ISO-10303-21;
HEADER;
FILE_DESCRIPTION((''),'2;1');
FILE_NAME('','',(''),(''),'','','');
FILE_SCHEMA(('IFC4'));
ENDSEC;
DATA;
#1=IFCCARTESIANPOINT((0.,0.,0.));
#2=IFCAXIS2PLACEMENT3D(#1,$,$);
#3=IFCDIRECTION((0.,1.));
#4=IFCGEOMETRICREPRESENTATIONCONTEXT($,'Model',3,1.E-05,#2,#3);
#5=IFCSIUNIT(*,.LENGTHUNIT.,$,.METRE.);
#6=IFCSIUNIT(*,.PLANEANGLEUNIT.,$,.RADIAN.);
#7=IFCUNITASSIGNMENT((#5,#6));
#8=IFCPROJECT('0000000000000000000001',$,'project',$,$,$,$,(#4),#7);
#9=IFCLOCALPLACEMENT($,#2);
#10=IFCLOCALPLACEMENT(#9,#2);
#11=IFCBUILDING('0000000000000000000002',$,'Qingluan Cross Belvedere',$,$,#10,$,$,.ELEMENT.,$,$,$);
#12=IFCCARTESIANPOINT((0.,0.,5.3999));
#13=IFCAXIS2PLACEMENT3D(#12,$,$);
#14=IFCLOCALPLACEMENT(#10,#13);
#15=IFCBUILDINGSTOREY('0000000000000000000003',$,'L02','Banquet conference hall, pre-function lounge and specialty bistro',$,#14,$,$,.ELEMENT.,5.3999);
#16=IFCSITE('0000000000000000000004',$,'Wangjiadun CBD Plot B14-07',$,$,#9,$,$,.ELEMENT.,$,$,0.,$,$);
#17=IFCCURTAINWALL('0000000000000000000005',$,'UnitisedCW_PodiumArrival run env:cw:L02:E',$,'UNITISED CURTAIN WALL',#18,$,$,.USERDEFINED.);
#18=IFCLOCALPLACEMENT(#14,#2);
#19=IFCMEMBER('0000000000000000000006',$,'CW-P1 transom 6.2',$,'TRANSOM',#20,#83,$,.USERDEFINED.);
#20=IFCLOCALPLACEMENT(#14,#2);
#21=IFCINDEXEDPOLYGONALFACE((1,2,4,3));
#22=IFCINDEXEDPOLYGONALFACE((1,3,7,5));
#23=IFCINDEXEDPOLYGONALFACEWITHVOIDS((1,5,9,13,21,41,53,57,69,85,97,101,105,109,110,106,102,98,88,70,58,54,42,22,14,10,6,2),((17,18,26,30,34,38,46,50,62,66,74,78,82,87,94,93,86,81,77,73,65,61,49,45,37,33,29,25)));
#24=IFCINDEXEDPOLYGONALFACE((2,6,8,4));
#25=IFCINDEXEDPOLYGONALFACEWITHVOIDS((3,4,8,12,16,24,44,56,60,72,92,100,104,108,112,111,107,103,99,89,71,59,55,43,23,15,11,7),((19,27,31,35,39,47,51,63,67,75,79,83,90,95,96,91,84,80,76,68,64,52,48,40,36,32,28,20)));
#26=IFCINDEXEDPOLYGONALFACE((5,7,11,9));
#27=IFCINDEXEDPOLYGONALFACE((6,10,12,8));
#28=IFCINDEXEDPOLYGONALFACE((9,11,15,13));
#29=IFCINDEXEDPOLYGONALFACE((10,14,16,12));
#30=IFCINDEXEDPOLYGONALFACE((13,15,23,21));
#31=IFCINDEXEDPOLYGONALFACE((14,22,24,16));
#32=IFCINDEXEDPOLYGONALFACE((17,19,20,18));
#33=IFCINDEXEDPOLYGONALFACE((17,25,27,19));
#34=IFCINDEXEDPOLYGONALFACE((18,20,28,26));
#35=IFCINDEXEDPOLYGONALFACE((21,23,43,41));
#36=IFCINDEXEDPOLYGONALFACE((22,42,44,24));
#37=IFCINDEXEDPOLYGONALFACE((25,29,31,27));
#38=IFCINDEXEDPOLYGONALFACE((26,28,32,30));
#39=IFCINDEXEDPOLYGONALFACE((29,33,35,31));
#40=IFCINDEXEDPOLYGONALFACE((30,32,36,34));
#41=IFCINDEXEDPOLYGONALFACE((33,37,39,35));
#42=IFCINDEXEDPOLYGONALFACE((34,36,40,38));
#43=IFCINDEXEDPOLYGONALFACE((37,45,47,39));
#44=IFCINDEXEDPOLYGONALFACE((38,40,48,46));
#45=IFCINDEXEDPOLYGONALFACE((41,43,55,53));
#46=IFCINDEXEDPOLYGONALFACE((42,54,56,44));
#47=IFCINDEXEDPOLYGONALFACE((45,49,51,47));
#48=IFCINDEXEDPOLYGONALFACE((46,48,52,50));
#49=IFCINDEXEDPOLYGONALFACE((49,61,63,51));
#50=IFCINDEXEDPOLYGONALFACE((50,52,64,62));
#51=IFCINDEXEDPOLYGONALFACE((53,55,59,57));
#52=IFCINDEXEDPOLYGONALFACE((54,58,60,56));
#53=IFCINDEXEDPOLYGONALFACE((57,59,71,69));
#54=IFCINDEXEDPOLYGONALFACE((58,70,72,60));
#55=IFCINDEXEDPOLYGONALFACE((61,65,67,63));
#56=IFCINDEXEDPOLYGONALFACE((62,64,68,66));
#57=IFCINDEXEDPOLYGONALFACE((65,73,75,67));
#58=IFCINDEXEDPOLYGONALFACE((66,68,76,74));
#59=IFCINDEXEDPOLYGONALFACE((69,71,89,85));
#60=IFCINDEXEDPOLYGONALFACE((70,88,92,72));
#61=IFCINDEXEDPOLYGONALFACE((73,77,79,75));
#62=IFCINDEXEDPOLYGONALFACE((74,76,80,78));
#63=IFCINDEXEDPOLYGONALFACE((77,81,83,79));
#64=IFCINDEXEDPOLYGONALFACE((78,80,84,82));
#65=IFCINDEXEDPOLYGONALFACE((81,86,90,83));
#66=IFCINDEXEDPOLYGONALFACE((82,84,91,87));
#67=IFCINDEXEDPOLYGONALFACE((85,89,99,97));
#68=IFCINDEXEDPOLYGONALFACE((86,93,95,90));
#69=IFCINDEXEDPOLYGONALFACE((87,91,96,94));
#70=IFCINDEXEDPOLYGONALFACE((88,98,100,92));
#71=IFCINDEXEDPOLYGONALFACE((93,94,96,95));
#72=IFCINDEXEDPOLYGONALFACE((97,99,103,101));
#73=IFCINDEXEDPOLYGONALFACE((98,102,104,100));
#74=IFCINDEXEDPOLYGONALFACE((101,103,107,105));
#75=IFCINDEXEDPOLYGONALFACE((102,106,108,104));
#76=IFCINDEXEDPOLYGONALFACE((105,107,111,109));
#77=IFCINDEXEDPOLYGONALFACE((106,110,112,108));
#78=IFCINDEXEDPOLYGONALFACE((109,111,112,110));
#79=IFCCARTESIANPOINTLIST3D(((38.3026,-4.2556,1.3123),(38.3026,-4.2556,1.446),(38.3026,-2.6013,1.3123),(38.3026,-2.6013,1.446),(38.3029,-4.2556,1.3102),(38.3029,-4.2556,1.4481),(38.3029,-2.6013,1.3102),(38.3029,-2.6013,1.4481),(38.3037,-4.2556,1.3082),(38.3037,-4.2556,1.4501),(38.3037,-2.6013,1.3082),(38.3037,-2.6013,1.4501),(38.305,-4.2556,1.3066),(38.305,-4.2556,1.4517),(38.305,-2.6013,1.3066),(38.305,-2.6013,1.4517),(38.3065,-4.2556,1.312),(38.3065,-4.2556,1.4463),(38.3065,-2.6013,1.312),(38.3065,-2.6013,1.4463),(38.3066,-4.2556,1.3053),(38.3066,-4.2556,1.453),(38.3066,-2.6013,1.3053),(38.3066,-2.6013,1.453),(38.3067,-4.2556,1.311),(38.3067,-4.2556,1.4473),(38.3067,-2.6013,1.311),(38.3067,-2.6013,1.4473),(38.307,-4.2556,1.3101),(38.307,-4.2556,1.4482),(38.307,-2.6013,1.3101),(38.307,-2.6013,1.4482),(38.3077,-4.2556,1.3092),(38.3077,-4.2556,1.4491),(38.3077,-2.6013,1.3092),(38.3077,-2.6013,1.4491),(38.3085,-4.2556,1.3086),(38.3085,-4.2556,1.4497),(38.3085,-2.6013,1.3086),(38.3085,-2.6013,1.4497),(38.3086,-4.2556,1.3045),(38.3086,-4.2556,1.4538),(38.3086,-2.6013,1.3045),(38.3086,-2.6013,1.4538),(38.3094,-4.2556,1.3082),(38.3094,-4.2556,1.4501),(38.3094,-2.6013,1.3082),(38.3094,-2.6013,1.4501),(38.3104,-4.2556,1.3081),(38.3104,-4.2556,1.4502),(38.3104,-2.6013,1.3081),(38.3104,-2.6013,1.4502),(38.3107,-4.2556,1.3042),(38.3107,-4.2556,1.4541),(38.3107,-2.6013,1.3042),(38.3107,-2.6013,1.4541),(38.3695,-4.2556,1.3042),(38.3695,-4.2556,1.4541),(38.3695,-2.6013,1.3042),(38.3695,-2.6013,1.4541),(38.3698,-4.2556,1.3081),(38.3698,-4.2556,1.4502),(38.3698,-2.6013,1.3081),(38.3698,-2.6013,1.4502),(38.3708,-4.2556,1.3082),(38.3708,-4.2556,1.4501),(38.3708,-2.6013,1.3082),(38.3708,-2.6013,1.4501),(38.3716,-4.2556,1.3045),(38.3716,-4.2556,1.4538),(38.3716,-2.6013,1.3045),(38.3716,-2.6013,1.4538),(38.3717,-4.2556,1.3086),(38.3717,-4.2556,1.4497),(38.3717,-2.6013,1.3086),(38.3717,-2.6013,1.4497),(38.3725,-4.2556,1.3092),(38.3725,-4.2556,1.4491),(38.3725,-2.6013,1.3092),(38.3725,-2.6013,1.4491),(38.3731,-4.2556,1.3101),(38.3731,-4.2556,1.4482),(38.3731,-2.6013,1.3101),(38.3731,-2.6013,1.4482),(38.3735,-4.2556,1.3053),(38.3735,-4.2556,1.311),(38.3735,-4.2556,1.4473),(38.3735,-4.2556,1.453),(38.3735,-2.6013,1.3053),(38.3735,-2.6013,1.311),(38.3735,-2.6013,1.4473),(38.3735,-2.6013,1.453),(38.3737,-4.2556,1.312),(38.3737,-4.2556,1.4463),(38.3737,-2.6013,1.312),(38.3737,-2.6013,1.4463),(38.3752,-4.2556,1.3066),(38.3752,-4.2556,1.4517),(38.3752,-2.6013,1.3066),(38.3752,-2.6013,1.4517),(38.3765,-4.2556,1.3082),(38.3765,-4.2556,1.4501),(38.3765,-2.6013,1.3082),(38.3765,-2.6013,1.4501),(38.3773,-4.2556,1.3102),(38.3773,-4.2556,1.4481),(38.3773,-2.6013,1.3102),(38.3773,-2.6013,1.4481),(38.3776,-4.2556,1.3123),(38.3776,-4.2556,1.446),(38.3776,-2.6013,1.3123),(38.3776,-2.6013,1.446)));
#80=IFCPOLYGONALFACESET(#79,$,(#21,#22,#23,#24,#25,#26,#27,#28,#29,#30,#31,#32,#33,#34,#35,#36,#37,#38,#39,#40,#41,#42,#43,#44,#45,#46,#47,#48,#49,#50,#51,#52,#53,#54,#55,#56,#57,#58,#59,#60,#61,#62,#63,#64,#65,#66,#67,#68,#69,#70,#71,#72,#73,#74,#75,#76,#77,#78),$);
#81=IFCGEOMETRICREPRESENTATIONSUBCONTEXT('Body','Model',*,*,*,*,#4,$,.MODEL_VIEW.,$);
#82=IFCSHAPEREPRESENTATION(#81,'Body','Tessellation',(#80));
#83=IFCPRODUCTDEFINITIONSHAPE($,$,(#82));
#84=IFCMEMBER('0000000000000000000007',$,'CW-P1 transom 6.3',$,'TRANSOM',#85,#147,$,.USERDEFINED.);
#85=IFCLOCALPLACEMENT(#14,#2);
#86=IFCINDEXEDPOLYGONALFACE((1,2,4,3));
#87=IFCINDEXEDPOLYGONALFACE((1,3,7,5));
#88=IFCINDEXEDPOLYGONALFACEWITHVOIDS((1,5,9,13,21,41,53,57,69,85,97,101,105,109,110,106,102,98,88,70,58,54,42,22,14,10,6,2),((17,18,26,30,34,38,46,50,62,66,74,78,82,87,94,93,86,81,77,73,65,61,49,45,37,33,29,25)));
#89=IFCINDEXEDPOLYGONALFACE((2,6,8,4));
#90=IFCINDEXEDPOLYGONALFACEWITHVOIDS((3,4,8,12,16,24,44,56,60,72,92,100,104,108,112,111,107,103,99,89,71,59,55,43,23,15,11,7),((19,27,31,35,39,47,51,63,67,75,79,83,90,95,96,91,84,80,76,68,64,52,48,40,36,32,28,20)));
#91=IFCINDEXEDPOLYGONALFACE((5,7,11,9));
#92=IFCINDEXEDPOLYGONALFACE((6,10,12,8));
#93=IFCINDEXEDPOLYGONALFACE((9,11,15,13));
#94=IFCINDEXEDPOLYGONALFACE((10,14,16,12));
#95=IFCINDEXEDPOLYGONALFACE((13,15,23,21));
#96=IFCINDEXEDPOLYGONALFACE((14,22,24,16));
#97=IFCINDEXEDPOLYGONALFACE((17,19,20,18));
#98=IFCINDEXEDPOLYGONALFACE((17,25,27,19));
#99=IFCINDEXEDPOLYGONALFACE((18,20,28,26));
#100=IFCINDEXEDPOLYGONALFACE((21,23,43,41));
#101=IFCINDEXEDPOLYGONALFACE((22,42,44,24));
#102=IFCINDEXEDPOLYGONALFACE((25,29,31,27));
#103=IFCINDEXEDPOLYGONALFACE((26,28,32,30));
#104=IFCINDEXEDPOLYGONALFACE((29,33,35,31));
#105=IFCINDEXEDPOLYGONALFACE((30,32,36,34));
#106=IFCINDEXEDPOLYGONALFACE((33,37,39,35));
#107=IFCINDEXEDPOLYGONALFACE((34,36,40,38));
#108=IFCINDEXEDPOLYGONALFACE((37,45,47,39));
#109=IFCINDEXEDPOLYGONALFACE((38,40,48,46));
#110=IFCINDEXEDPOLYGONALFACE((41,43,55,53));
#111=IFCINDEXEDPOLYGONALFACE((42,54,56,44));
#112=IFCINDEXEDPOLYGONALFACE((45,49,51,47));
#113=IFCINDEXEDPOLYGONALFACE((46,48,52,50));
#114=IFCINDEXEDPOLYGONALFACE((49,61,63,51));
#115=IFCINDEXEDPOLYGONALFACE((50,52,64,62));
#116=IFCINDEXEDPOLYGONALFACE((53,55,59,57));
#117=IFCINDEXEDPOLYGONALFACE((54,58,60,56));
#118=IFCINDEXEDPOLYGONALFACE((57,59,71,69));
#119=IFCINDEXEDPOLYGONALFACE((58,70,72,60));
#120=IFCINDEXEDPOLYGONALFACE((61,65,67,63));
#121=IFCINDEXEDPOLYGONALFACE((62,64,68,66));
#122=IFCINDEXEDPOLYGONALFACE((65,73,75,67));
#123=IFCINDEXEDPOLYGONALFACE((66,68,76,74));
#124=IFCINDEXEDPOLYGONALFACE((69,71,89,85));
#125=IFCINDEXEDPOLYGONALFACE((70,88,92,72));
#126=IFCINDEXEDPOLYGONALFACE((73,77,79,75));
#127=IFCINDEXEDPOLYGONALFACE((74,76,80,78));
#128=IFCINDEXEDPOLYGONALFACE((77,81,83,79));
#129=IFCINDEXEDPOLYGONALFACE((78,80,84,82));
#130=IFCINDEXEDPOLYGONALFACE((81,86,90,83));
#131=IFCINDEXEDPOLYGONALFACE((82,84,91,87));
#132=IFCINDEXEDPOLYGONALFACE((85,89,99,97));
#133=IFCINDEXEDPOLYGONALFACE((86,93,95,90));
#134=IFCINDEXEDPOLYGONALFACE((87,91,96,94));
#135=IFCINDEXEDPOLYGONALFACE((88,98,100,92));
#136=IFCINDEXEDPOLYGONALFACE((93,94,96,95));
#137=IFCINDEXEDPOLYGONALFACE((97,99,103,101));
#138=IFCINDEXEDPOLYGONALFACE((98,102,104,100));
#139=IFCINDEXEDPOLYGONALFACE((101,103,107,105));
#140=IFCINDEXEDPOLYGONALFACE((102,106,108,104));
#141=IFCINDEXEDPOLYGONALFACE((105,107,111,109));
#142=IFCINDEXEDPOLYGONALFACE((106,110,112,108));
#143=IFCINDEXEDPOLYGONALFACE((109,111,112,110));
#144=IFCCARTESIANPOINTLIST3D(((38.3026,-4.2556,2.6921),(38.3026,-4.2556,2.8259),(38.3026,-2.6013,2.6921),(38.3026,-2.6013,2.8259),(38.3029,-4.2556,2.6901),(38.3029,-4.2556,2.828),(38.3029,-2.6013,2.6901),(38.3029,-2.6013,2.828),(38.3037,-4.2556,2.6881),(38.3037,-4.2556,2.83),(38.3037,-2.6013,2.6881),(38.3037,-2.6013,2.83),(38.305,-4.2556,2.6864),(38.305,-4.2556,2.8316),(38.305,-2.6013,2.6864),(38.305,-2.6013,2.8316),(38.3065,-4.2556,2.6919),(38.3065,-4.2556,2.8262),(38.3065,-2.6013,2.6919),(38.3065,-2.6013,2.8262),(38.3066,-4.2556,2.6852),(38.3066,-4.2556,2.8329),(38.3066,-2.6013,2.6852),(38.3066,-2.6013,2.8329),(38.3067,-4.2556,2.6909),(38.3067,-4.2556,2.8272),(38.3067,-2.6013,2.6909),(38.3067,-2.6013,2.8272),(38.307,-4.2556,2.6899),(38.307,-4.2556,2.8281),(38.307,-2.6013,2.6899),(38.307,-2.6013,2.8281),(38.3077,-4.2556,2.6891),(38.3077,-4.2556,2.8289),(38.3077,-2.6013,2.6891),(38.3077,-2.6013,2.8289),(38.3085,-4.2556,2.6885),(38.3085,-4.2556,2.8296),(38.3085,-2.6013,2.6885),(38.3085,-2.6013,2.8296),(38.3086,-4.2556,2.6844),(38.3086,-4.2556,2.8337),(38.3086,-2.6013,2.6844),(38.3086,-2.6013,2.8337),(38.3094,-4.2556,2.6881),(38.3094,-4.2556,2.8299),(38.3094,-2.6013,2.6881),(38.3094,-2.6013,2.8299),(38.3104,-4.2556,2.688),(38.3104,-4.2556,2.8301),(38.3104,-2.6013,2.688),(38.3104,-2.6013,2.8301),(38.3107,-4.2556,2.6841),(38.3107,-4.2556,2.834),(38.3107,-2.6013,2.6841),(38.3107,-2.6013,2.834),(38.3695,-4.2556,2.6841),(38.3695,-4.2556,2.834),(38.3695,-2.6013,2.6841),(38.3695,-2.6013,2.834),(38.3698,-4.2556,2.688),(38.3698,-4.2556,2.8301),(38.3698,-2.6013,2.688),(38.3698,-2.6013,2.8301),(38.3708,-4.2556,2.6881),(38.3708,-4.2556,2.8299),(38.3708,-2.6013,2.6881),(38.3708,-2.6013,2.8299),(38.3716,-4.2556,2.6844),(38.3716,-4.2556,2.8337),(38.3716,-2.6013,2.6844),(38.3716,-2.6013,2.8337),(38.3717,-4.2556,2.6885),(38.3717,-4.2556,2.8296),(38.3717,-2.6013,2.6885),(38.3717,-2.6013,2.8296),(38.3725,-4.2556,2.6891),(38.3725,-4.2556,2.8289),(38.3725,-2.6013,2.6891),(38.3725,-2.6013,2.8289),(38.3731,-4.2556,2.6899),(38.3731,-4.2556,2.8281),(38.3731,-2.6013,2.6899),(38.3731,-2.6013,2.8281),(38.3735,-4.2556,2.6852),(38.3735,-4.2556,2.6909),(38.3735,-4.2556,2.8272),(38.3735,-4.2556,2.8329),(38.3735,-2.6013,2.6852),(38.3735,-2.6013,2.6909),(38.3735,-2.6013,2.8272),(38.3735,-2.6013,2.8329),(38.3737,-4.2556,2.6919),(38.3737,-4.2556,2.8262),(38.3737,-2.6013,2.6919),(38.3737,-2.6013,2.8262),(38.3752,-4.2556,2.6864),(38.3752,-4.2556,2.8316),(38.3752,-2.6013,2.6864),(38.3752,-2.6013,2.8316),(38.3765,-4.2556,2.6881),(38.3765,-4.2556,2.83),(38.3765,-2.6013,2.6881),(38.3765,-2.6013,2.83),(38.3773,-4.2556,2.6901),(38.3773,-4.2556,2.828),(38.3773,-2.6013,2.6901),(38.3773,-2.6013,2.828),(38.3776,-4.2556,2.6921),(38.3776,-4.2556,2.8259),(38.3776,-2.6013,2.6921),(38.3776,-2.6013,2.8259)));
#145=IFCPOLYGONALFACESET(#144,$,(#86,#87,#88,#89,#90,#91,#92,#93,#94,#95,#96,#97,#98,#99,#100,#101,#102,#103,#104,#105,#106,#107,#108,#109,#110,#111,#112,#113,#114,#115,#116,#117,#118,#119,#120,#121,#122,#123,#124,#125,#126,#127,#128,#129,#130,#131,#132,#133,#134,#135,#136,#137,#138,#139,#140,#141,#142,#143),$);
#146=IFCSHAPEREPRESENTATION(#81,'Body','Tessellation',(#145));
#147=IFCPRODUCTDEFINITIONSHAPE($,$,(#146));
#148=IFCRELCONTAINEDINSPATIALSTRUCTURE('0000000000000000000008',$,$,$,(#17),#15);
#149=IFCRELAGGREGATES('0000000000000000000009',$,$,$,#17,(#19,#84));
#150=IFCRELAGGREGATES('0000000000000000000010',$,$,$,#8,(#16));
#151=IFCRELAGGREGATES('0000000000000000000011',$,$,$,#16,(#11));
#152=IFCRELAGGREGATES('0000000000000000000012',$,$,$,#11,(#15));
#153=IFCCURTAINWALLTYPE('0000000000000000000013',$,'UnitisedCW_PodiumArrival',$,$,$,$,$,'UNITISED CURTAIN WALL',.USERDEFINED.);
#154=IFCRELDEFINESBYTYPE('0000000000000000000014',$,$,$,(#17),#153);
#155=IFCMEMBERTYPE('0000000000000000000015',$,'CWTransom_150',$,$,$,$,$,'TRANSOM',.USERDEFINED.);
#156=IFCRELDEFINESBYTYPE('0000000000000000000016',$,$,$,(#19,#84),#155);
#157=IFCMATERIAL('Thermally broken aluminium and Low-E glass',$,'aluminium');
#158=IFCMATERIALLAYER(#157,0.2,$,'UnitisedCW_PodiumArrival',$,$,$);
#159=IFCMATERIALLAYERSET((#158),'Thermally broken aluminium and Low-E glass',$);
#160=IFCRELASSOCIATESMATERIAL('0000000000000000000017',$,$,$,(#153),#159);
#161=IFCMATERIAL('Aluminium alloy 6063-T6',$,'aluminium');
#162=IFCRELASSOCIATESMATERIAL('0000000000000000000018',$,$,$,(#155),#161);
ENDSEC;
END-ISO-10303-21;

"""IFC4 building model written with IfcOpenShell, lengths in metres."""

from ifc_helpers import new_model, si_unit, direction, frame, origin, origin_2d, place, context, subcontext, project, spatial, hollow_rectangle, extrude, material, layer, layer_set, material_profile, profile_set, type_object, element, aggregate, save


model = new_model("IFC4")

# Units and contexts
model_context = context("Model", 3, precision=1e-05, world=origin(), true_north=direction((0.0, 1.0)))
body_context = subcontext(model_context, "Body", "Model", "MODEL_VIEW")
ifc_project = project(units=[si_unit("LENGTHUNIT", "METRE"), si_unit("PLANEANGLEUNIT", "RADIAN")], contexts=[model_context])

# Site, building, storey
site_placement = place(None, origin())
site = spatial("IfcSite", under=ifc_project, at=site_placement, Name="Wangjiadun CBD Plot B14-07", CompositionType="ELEMENT", RefElevation=0.0)
building_placement = place(site_placement, origin())
building = spatial("IfcBuilding", under=site, at=building_placement, Name="Qingluan Cross Belvedere", CompositionType="ELEMENT")
storey_placement = place(building_placement, frame((0.0, 0.0, 5.3999)))
storey = spatial("IfcBuildingStorey", under=building, at=storey_placement, Name="L02", Description="Banquet conference hall, pre-function lounge and specialty bistro", CompositionType="ELEMENT", Elevation=5.3999)

# Curtain wall, members
ifc_material_1 = material(Name="Thermally broken aluminium and Low-E glass", Category="aluminium")
ifc_layer_1 = layer(ifc_material_1, 0.2, Name="UnitisedCW_PodiumArrival")
ifc_layer_set_1 = layer_set([ifc_layer_1], Name="Thermally broken aluminium and Low-E glass")
curtain_wall_type = type_object("IfcCurtainWallType", Name="UnitisedCW_PodiumArrival", ElementType="UNITISED CURTAIN WALL", PredefinedType="USERDEFINED", material=ifc_layer_set_1)
curtain_wall_placement = place(storey_placement, origin())
curtain_wall = element("IfcCurtainWall", 1, at=curtain_wall_placement, inside=storey, type_object=curtain_wall_type, Name="UnitisedCW_PodiumArrival run env:cw:L02:E", ObjectType="UNITISED CURTAIN WALL", PredefinedType="USERDEFINED")
ifc_material_2 = material(Name="Aluminium alloy 6063-T6", Category="aluminium")
ifc_material_profile_1 = material_profile(ifc_material_2, hollow_rectangle(XDim=0.075, YDim=0.1499, WallThickness=0.0039, InnerFilletRadius=0.0039, OuterFilletRadius=0.0081, at=origin_2d()), Name="CWT150x75x4")
ifc_profile_set_1 = profile_set([ifc_material_profile_1], Name="Aluminium alloy 6063-T6")
member_type_1 = type_object("IfcMemberType", Name="CWTransom_150", ElementType="TRANSOM", PredefinedType="USERDEFINED", material=ifc_profile_set_1)
member_1_placement = place(storey_placement, frame((38.3401, -2.6013, 1.3792), z_axis=(0.0, -1.0, 0.0), x_axis=(1.0, 0.0, 0.0)))
member_1 = element("IfcMember", 2, at=member_1_placement, type_object=member_type_1, Name="CW-P1 transom 6.2", ObjectType="TRANSOM", PredefinedType="USERDEFINED", context=body_context, shape_type="SweptSolid", body=[
    extrude(hollow_rectangle(XDim=0.075, YDim=0.1499, WallThickness=0.0039, InnerFilletRadius=0.0039, OuterFilletRadius=0.0081, at=origin_2d()), origin(), (0.0, 0.0, 1.0), 1.6543),
])
member_2_placement = place(storey_placement, frame((38.3401, -2.6013, 2.759), z_axis=(0.0, -1.0, 0.0), x_axis=(1.0, 0.0, 0.0)))
member_2 = element("IfcMember", 3, at=member_2_placement, type_object=member_type_1, Name="CW-P1 transom 6.3", ObjectType="TRANSOM", PredefinedType="USERDEFINED", context=body_context, shape_type="SweptSolid", body=[
    extrude(hollow_rectangle(XDim=0.075, YDim=0.1499, WallThickness=0.0039, InnerFilletRadius=0.0039, OuterFilletRadius=0.0081, at=origin_2d()), origin(), (0.0, 0.0, 1.0), 1.6543),
])

aggregate(curtain_wall, [member_1, member_2])

save(model, "model.ifc")
